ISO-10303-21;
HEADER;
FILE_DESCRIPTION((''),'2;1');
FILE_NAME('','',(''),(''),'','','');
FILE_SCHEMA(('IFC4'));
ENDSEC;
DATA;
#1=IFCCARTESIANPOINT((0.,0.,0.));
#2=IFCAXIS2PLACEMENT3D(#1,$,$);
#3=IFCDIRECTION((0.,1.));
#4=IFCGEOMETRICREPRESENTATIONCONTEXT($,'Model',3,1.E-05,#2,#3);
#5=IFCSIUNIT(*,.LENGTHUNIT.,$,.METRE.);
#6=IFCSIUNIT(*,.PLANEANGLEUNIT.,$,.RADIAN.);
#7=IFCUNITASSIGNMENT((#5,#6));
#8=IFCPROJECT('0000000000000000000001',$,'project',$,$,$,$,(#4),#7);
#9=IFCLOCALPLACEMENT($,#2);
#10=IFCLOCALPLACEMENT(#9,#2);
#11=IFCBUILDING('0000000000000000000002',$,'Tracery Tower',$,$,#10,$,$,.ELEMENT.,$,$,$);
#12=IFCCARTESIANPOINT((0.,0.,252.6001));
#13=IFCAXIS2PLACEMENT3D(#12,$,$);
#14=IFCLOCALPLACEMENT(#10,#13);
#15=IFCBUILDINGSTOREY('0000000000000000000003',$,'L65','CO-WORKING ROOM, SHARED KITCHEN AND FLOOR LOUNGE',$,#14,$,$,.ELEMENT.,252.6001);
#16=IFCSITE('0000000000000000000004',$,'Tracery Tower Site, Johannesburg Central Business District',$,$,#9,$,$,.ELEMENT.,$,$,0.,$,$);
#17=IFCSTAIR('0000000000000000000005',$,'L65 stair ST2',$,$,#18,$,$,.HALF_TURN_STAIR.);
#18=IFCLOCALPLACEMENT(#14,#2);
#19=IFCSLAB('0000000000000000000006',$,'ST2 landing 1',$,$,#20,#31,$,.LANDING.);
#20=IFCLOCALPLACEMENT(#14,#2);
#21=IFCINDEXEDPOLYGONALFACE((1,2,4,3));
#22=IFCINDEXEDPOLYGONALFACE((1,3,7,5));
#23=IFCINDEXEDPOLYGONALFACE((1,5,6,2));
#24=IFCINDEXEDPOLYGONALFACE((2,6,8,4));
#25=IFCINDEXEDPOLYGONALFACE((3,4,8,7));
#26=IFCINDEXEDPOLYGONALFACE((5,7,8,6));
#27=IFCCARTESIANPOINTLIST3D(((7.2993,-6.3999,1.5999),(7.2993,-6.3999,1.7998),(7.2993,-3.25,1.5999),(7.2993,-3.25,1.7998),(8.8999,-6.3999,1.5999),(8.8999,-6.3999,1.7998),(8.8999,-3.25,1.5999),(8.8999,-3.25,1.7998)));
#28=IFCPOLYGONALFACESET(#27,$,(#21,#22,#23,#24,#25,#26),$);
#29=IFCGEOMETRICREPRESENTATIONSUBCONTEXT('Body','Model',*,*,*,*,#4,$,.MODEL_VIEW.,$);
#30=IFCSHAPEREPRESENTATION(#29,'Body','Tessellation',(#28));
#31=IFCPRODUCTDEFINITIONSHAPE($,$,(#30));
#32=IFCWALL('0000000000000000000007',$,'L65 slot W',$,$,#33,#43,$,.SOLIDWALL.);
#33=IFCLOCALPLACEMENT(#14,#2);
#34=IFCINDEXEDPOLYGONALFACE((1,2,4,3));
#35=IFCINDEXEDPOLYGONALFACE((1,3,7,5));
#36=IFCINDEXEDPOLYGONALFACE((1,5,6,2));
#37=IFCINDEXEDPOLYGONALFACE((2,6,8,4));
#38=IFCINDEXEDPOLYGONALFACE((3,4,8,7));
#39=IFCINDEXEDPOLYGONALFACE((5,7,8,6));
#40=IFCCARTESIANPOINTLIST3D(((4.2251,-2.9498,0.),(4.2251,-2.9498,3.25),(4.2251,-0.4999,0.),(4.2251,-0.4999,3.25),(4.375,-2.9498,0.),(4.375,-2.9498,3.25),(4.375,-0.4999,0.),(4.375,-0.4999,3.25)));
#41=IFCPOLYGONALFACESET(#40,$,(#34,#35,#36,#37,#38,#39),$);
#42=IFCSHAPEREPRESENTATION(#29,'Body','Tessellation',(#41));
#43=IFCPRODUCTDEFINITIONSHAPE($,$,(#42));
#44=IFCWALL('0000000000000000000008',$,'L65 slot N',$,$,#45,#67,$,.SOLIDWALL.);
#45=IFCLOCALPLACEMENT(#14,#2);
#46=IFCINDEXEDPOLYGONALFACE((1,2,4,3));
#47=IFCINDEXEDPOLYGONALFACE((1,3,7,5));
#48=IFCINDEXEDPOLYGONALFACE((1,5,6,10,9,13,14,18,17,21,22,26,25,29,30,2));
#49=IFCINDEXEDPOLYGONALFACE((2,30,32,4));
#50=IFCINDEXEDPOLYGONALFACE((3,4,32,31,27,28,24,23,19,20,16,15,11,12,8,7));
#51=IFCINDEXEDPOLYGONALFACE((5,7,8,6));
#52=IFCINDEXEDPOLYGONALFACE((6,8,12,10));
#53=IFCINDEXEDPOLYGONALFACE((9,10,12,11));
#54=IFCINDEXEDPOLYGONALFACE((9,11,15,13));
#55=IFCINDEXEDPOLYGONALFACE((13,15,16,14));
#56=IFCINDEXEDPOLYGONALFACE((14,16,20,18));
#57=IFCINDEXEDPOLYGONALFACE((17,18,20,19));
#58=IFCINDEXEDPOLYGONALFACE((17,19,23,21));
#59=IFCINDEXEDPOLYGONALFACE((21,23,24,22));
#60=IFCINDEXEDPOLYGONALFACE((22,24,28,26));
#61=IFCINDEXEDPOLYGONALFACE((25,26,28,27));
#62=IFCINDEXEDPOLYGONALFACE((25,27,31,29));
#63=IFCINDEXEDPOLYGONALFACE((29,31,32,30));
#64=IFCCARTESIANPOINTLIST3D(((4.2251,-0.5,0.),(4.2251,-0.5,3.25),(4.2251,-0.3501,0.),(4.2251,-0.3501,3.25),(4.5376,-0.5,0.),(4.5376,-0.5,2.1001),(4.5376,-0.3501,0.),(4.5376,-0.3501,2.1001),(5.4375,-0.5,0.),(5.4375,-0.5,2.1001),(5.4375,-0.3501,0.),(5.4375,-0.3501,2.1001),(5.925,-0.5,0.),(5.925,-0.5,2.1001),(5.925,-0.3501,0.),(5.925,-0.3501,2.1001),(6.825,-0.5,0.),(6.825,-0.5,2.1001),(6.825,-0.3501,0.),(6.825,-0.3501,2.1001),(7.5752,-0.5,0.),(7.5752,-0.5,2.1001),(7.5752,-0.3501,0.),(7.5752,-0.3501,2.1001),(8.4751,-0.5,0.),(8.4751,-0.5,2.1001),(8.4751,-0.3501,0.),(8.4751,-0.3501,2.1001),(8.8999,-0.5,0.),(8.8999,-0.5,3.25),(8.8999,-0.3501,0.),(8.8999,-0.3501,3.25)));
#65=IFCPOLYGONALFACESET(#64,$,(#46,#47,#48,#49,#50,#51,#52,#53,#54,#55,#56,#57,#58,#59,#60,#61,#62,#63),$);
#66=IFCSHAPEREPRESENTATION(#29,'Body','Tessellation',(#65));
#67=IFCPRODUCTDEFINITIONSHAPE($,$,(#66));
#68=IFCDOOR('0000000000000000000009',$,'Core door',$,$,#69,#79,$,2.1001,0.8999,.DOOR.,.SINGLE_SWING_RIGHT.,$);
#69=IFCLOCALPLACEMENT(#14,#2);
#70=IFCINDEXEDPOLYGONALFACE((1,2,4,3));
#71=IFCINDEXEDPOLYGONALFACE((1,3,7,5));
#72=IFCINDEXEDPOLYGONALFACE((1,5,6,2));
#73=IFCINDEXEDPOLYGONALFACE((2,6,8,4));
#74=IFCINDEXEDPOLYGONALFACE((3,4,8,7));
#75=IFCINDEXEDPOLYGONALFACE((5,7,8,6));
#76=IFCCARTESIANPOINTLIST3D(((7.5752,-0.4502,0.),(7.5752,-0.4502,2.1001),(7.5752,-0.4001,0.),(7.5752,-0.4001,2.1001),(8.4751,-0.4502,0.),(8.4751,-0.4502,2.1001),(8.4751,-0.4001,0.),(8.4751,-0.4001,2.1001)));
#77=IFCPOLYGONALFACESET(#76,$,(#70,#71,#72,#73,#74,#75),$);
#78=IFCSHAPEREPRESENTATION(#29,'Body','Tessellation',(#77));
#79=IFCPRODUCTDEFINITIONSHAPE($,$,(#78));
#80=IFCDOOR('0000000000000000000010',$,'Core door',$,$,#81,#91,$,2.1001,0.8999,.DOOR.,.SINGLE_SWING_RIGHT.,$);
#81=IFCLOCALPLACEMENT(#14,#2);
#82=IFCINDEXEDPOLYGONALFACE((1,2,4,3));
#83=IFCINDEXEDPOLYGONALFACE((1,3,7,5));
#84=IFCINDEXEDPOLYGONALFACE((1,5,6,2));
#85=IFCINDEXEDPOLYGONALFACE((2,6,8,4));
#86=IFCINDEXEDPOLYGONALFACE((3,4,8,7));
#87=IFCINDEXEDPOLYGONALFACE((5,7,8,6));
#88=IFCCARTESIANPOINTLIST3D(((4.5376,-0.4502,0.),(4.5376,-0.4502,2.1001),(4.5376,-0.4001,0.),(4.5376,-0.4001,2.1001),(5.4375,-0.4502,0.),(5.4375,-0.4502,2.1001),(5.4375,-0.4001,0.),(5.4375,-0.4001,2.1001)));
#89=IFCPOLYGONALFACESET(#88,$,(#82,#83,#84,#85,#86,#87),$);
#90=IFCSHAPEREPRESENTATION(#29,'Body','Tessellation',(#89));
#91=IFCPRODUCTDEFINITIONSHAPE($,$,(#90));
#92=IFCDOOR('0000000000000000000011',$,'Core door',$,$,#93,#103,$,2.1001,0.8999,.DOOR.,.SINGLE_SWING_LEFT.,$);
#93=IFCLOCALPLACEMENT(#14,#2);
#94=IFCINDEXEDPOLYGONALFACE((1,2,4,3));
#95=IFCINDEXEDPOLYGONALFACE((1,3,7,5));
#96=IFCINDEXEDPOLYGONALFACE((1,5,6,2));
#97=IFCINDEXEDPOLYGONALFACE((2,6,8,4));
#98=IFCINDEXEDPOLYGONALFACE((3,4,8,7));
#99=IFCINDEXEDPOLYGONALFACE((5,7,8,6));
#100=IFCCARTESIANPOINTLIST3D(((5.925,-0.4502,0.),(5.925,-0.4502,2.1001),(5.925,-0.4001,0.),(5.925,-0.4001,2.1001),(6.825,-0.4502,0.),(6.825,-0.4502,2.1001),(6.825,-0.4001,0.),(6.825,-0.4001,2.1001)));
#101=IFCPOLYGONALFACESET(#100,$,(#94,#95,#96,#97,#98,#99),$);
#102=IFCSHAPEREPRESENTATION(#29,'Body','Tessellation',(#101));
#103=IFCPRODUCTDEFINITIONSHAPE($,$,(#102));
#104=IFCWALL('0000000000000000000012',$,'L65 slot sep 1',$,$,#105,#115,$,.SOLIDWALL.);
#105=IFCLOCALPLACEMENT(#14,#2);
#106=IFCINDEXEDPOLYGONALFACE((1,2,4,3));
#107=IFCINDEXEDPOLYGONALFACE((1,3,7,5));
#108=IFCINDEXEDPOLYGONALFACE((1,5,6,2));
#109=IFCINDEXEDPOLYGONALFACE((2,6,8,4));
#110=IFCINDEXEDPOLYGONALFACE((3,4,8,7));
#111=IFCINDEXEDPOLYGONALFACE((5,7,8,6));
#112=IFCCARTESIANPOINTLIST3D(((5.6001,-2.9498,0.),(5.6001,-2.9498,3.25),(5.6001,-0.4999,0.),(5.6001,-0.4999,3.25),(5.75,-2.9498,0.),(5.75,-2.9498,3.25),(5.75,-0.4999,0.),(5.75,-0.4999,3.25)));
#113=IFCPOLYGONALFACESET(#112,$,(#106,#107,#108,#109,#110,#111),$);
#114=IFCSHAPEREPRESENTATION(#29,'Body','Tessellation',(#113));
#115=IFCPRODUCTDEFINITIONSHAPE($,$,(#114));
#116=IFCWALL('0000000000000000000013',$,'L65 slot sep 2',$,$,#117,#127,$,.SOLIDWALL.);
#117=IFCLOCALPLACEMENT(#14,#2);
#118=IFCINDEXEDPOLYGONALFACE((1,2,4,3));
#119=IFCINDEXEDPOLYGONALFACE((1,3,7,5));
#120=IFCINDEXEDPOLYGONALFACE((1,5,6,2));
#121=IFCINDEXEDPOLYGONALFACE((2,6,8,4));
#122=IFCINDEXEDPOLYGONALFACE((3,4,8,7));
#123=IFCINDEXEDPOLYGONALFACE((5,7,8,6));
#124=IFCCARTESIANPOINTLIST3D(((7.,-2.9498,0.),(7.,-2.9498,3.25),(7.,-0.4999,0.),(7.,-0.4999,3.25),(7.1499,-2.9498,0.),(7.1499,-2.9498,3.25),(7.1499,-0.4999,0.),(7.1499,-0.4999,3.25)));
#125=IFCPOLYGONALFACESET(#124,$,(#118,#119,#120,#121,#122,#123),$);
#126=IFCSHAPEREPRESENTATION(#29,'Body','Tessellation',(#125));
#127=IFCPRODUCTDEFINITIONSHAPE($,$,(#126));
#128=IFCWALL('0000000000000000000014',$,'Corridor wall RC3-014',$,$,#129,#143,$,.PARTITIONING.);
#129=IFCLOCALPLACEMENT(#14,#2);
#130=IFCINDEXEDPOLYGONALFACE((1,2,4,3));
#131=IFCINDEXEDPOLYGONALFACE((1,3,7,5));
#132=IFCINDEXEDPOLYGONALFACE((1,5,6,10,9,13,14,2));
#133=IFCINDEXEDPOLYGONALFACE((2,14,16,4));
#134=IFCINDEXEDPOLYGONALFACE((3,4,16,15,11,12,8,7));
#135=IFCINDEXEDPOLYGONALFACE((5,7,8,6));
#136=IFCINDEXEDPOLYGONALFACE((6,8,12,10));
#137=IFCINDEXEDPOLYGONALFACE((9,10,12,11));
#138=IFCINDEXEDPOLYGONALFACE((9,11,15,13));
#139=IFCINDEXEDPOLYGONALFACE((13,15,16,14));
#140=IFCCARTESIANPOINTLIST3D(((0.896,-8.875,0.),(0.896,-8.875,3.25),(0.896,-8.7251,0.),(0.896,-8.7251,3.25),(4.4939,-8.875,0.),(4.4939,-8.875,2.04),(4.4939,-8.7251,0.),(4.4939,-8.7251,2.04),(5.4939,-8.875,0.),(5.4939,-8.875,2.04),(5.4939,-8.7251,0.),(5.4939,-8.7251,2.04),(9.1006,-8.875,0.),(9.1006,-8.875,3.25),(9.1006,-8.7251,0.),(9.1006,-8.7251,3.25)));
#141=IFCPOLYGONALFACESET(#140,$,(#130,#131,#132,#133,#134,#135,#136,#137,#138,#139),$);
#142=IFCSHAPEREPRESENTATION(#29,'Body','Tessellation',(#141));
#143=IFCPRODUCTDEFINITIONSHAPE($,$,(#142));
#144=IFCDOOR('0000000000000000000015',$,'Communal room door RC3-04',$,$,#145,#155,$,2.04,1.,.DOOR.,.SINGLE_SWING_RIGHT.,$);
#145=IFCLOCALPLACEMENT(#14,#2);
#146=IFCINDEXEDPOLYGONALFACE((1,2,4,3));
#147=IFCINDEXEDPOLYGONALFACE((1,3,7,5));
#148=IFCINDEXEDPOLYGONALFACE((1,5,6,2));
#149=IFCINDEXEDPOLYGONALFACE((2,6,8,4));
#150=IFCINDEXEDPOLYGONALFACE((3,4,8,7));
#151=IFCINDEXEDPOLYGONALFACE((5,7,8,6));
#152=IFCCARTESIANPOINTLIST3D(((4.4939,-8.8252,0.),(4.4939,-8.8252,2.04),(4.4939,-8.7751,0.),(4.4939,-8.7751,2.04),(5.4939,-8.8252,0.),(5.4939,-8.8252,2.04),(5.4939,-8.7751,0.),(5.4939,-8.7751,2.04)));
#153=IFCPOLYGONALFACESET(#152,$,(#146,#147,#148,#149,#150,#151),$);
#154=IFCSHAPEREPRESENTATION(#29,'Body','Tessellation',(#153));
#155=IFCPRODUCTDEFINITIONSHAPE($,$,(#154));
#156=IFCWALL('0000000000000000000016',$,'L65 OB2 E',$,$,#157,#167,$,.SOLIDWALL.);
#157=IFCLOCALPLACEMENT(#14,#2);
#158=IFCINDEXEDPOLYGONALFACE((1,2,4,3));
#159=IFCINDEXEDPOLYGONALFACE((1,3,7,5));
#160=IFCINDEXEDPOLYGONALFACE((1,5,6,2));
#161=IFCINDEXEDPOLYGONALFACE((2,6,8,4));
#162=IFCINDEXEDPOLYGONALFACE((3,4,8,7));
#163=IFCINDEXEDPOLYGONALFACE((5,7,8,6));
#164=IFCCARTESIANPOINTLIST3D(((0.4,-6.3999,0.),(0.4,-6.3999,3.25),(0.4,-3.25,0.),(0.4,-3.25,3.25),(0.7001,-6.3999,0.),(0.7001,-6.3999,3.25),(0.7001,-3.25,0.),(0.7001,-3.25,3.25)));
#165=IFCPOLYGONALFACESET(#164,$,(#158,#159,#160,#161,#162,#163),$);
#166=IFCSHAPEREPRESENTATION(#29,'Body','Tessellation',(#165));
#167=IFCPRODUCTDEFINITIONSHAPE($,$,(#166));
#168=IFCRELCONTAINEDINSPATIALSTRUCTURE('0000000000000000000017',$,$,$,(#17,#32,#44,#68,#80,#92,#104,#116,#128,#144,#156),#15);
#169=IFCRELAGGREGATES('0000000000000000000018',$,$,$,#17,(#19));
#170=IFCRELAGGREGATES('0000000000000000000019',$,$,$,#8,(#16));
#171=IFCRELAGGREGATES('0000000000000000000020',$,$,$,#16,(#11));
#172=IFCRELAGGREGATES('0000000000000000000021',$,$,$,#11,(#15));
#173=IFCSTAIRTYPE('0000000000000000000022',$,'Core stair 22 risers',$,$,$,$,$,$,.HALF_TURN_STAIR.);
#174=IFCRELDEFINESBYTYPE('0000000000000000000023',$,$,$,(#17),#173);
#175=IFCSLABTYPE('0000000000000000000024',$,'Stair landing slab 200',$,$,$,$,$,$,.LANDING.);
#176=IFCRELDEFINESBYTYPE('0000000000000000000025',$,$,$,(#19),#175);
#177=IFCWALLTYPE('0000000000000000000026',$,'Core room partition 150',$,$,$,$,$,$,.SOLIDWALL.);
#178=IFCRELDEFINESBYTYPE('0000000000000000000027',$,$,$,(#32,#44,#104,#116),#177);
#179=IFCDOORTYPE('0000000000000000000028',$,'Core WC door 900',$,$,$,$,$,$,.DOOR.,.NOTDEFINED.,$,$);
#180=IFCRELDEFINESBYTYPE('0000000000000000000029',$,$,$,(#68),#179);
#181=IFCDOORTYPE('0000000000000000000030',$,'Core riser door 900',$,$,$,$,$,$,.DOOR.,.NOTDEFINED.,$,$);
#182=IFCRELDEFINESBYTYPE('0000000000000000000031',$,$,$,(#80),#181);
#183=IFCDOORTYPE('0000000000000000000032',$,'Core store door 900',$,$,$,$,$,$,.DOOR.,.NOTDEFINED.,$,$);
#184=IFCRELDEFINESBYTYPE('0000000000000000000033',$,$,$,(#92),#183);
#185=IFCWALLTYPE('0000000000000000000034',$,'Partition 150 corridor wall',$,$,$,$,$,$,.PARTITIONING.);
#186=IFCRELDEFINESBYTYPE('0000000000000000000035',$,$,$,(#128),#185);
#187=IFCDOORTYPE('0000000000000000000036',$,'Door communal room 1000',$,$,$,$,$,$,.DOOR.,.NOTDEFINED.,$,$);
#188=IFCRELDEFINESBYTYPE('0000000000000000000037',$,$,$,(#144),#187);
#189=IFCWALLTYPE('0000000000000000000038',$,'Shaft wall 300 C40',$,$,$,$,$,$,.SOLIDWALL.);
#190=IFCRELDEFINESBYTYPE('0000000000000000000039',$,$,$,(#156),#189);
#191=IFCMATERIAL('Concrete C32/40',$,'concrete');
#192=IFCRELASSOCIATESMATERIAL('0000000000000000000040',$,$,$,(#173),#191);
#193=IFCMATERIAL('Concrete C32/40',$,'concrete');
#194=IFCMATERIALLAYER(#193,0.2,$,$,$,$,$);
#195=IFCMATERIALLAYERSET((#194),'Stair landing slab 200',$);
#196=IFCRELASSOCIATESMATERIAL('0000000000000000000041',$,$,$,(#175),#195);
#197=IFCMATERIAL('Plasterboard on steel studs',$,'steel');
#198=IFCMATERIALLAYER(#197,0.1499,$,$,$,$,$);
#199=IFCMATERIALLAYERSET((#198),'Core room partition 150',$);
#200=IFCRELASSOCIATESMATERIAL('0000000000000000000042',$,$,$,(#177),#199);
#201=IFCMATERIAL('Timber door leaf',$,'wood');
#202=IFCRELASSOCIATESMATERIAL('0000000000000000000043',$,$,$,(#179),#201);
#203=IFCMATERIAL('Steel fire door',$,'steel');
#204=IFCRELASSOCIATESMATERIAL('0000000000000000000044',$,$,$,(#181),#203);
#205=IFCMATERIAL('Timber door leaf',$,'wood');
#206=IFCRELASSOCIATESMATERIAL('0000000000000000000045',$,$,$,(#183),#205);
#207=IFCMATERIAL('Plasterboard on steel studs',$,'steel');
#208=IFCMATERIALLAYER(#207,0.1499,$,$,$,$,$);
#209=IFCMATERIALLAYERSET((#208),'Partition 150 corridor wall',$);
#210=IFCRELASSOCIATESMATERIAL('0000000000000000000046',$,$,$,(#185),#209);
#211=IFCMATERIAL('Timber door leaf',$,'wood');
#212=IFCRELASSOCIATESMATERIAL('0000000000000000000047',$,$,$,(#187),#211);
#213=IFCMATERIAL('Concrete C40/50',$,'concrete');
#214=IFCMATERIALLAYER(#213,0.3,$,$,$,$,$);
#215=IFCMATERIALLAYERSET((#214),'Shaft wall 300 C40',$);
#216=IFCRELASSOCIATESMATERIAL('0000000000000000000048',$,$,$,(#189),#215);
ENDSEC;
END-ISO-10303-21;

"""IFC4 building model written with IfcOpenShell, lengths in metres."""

from ifc_helpers import new_model, si_unit, direction, frame, frame_2d, origin, place, context, subcontext, project, spatial, polyline, rectangle, outline, extrude, material, layer, layer_set, type_object, element, fill, aggregate, save


model = new_model("IFC4")

# Units and contexts
model_context = context("Model", 3, precision=1e-05, world=origin(), true_north=direction((0.0, 1.0)))
body_context = subcontext(model_context, "Body", "Model", "MODEL_VIEW")
ifc_project = project(units=[si_unit("LENGTHUNIT", "METRE"), si_unit("PLANEANGLEUNIT", "RADIAN")], contexts=[model_context])

# Site, building, storey
site_placement = place(None, origin())
site = spatial("IfcSite", under=ifc_project, at=site_placement, Name="Tracery Tower Site, Johannesburg Central Business District", CompositionType="ELEMENT", RefElevation=0.0)
building_placement = place(site_placement, origin())
building = spatial("IfcBuilding", under=site, at=building_placement, Name="Tracery Tower", CompositionType="ELEMENT")
storey_placement = place(building_placement, frame((0.0, 0.0, 252.6001)))
storey = spatial("IfcBuildingStorey", under=building, at=storey_placement, Name="L65", Description="CO-WORKING ROOM, SHARED KITCHEN AND FLOOR LOUNGE", CompositionType="ELEMENT", Elevation=252.6001)

# Stair, slab
ifc_material_1 = material(Name="Concrete C32/40", Category="concrete")
stair_type = type_object("IfcStairType", Name="Core stair 22 risers", PredefinedType="HALF_TURN_STAIR", material=ifc_material_1)
stair_placement = place(storey_placement, origin())
stair = element("IfcStair", 1, at=stair_placement, inside=storey, type_object=stair_type, Name="L65 stair ST2", PredefinedType="HALF_TURN_STAIR")
ifc_material_2 = material(Name="Concrete C32/40", Category="concrete")
ifc_layer_1 = layer(ifc_material_2, 0.2)
ifc_layer_set_1 = layer_set([ifc_layer_1], Name="Stair landing slab 200")
slab_type = type_object("IfcSlabType", Name="Stair landing slab 200", PredefinedType="LANDING", material=ifc_layer_set_1)
slab_placement = place(storey_placement, frame((0.0, 0.0, 1.5999)))
slab = element("IfcSlab", 2, at=slab_placement, type_object=slab_type, Name="ST2 landing 1", PredefinedType="LANDING", context=body_context, shape_type="SweptSolid", body=[
    extrude(outline(polyline([(7.2993, -6.3999), (8.8999, -6.3999), (8.8999, -3.25), (7.2993, -3.25), (7.2993, -6.3999)])), origin(), (0.0, 0.0, 1.0), 0.2),
])

# Wall
ifc_material_3 = material(Name="Plasterboard on steel studs", Category="steel")
ifc_layer_2 = layer(ifc_material_3, 0.1499)
ifc_layer_set_2 = layer_set([ifc_layer_2], Name="Core room partition 150")
wall_type_1 = type_object("IfcWallType", Name="Core room partition 150", PredefinedType="SOLIDWALL", material=ifc_layer_set_2)
wall_1_placement = place(storey_placement, frame((4.3, -2.95, 0.0), z_axis=(0.0, 0.0, 1.0), x_axis=(0.0, 1.0, 0.0)))
element("IfcWall", 3, at=wall_1_placement, inside=storey, type_object=wall_type_1, Name="L65 slot W", PredefinedType="SOLIDWALL", context=body_context, shape_type="SweptSolid", body=[
    extrude(rectangle(XDim=2.45, YDim=0.1499, at=frame_2d((1.2251, 0.0))), origin(), (0.0, 0.0, 1.0), 3.25),
])

# Wall, openings, doors
wall_2_placement = place(storey_placement, frame((4.2251, -0.425, 0.0), z_axis=(0.0, 0.0, 1.0), x_axis=(1.0, 0.0, 0.0)))
wall_2 = element("IfcWall", 4, at=wall_2_placement, inside=storey, type_object=wall_type_1, Name="L65 slot N", PredefinedType="SOLIDWALL", context=body_context, shape_type="SweptSolid", body=[
    extrude(rectangle(XDim=4.6748, YDim=0.1499, at=frame_2d((2.3374, 0.0))), origin(), (0.0, 0.0, 1.0), 3.25),
])
opening_1_placement = place(wall_2_placement, frame((0.3125, 0.0, 0.0)))
opening_1 = element("IfcOpeningElement", 5, at=opening_1_placement, cuts=wall_2, PredefinedType="OPENING", context=body_context, shape_type="SweptSolid", body=[
    extrude(rectangle(XDim=0.8999, YDim=2.1001, at=frame_2d((0.45, 1.05))), frame((0.0, 0.075, 0.0), z_axis=(0.0, -1.0, 0.0), x_axis=(1.0, 0.0, 0.0)), (0.0, 0.0, 1.0), 0.1499),
])
opening_2_placement = place(wall_2_placement, frame((1.7, 0.0, 0.0)))
opening_2 = element("IfcOpeningElement", 6, at=opening_2_placement, cuts=wall_2, PredefinedType="OPENING", context=body_context, shape_type="SweptSolid", body=[
    extrude(rectangle(XDim=0.8999, YDim=2.1001, at=frame_2d((0.45, 1.05))), frame((0.0, 0.075, 0.0), z_axis=(0.0, -1.0, 0.0), x_axis=(1.0, 0.0, 0.0)), (0.0, 0.0, 1.0), 0.1499),
])
opening_3_placement = place(wall_2_placement, frame((3.3501, 0.0, 0.0)))
opening_3 = element("IfcOpeningElement", 7, at=opening_3_placement, cuts=wall_2, PredefinedType="OPENING", context=body_context, shape_type="SweptSolid", body=[
    extrude(rectangle(XDim=0.8999, YDim=2.1001, at=frame_2d((0.45, 1.05))), frame((0.0, 0.075, 0.0), z_axis=(0.0, -1.0, 0.0), x_axis=(1.0, 0.0, 0.0)), (0.0, 0.0, 1.0), 0.1499),
])
ifc_material_4 = material(Name="Timber door leaf", Category="wood")
door_type_1 = type_object("IfcDoorType", Name="Core WC door 900", OperationType="NOTDEFINED", PredefinedType="DOOR", material=ifc_material_4)
door_1_placement = place(opening_3_placement, origin())
door_1 = element("IfcDoor", 8, at=door_1_placement, inside=storey, type_object=door_type_1, Name="Core door", OperationType="SINGLE_SWING_RIGHT", OverallHeight=2.1001, OverallWidth=0.8999, PredefinedType="DOOR", context=body_context, shape_type="SweptSolid", body=[
    extrude(rectangle(XDim=0.8999, YDim=2.1001, at=frame_2d((0.45, 1.05))), frame((0.0, 0.0249, 0.0), z_axis=(0.0, -1.0, 0.0), x_axis=(1.0, 0.0, 0.0)), (0.0, 0.0, 1.0), 0.05),
])
fill(opening_3, door_1)
ifc_material_5 = material(Name="Steel fire door", Category="steel")
door_type_2 = type_object("IfcDoorType", Name="Core riser door 900", OperationType="NOTDEFINED", PredefinedType="DOOR", material=ifc_material_5)
door_2_placement = place(opening_1_placement, origin())
door_2 = element("IfcDoor", 9, at=door_2_placement, inside=storey, type_object=door_type_2, Name="Core door", OperationType="SINGLE_SWING_RIGHT", OverallHeight=2.1001, OverallWidth=0.8999, PredefinedType="DOOR", context=body_context, shape_type="SweptSolid", body=[
    extrude(rectangle(XDim=0.8999, YDim=2.1001, at=frame_2d((0.45, 1.05))), frame((0.0, 0.0249, 0.0), z_axis=(0.0, -1.0, 0.0), x_axis=(1.0, 0.0, 0.0)), (0.0, 0.0, 1.0), 0.05),
])
fill(opening_1, door_2)
ifc_material_6 = material(Name="Timber door leaf", Category="wood")
door_type_3 = type_object("IfcDoorType", Name="Core store door 900", OperationType="NOTDEFINED", PredefinedType="DOOR", material=ifc_material_6)
door_3_placement = place(opening_2_placement, origin())
door_3 = element("IfcDoor", 10, at=door_3_placement, inside=storey, type_object=door_type_3, Name="Core door", OperationType="SINGLE_SWING_LEFT", OverallHeight=2.1001, OverallWidth=0.8999, PredefinedType="DOOR", context=body_context, shape_type="SweptSolid", body=[
    extrude(rectangle(XDim=0.8999, YDim=2.1001, at=frame_2d((0.45, 1.05))), frame((0.0, 0.0249, 0.0), z_axis=(0.0, -1.0, 0.0), x_axis=(1.0, 0.0, 0.0)), (0.0, 0.0, 1.0), 0.05),
])
fill(opening_2, door_3)

# Walls
for number, where, z_axis, x_axis, name in (
    (11, (5.675, -2.95, 0.0), (0.0, 0.0, 1.0), (0.0, 1.0, 0.0), "L65 slot sep 1"),
    (12, (7.075, -2.95, 0.0), (0.0, 0.0, 1.0), (0.0, 1.0, 0.0), "L65 slot sep 2"),
):
    element("IfcWall", number, at=place(storey_placement, frame(where, z_axis=z_axis, x_axis=x_axis)), inside=storey, type_object=wall_type_1, Name=name, PredefinedType="SOLIDWALL", context=body_context, shape_type="SweptSolid", body=[
        extrude(rectangle(XDim=2.45, YDim=0.1499, at=frame_2d((1.2251, 0.0))), origin(), (0.0, 0.0, 1.0), 3.25),
    ])

# Wall, opening, door
ifc_material_7 = material(Name="Plasterboard on steel studs", Category="steel")
ifc_layer_3 = layer(ifc_material_7, 0.1499)
ifc_layer_set_3 = layer_set([ifc_layer_3], Name="Partition 150 corridor wall")
wall_type_2 = type_object("IfcWallType", Name="Partition 150 corridor wall", PredefinedType="PARTITIONING", material=ifc_layer_set_3)
wall_3_placement = place(storey_placement, frame((0.896, -8.8, 0.0), z_axis=(0.0, 0.0, 1.0), x_axis=(1.0, 0.0, 0.0)))
wall_3 = element("IfcWall", 13, at=wall_3_placement, inside=storey, type_object=wall_type_2, Name="Corridor wall RC3-014", PredefinedType="PARTITIONING", context=body_context, shape_type="SweptSolid", body=[
    extrude(rectangle(XDim=8.2046, YDim=0.1499, at=frame_2d((4.1023, 0.0))), origin(), (0.0, 0.0, 1.0), 3.25),
])
opening_4_placement = place(wall_3_placement, frame((3.5979, 0.0, 0.0)))
opening_4 = element("IfcOpeningElement", 14, at=opening_4_placement, cuts=wall_3, PredefinedType="OPENING", context=body_context, shape_type="SweptSolid", body=[
    extrude(rectangle(XDim=1.0, YDim=2.04, at=frame_2d((0.5, 1.02))), frame((0.0, 0.075, 0.0), z_axis=(0.0, -1.0, 0.0), x_axis=(1.0, 0.0, 0.0)), (0.0, 0.0, 1.0), 0.1499),
])
ifc_material_8 = material(Name="Timber door leaf", Category="wood")
door_type_4 = type_object("IfcDoorType", Name="Door communal room 1000", OperationType="NOTDEFINED", PredefinedType="DOOR", material=ifc_material_8)
door_4_placement = place(opening_4_placement, origin())
door_4 = element("IfcDoor", 15, at=door_4_placement, inside=storey, type_object=door_type_4, Name="Communal room door RC3-04", OperationType="SINGLE_SWING_RIGHT", OverallHeight=2.04, OverallWidth=1.0, PredefinedType="DOOR", context=body_context, shape_type="SweptSolid", body=[
    extrude(rectangle(XDim=1.0, YDim=2.04, at=frame_2d((0.5, 1.02))), frame((0.0, 0.0249, 0.0), z_axis=(0.0, -1.0, 0.0), x_axis=(1.0, 0.0, 0.0)), (0.0, 0.0, 1.0), 0.05),
])
fill(opening_4, door_4)

# Wall
ifc_material_9 = material(Name="Concrete C40/50", Category="concrete")
ifc_layer_4 = layer(ifc_material_9, 0.3)
ifc_layer_set_4 = layer_set([ifc_layer_4], Name="Shaft wall 300 C40")
wall_type_3 = type_object("IfcWallType", Name="Shaft wall 300 C40", PredefinedType="SOLIDWALL", material=ifc_layer_set_4)
wall_4_placement = place(storey_placement, frame((0.55, -6.3999, 0.0), z_axis=(0.0, 0.0, 1.0), x_axis=(0.0, 1.0, 0.0)))
element("IfcWall", 16, at=wall_4_placement, inside=storey, type_object=wall_type_3, Name="L65 OB2 E", PredefinedType="SOLIDWALL", context=body_context, shape_type="SweptSolid", body=[
    extrude(rectangle(XDim=3.1499, YDim=0.3, at=frame_2d((1.575, 0.0))), origin(), (0.0, 0.0, 1.0), 3.25),
])

aggregate(stair, [slab])

save(model, "model.ifc")
